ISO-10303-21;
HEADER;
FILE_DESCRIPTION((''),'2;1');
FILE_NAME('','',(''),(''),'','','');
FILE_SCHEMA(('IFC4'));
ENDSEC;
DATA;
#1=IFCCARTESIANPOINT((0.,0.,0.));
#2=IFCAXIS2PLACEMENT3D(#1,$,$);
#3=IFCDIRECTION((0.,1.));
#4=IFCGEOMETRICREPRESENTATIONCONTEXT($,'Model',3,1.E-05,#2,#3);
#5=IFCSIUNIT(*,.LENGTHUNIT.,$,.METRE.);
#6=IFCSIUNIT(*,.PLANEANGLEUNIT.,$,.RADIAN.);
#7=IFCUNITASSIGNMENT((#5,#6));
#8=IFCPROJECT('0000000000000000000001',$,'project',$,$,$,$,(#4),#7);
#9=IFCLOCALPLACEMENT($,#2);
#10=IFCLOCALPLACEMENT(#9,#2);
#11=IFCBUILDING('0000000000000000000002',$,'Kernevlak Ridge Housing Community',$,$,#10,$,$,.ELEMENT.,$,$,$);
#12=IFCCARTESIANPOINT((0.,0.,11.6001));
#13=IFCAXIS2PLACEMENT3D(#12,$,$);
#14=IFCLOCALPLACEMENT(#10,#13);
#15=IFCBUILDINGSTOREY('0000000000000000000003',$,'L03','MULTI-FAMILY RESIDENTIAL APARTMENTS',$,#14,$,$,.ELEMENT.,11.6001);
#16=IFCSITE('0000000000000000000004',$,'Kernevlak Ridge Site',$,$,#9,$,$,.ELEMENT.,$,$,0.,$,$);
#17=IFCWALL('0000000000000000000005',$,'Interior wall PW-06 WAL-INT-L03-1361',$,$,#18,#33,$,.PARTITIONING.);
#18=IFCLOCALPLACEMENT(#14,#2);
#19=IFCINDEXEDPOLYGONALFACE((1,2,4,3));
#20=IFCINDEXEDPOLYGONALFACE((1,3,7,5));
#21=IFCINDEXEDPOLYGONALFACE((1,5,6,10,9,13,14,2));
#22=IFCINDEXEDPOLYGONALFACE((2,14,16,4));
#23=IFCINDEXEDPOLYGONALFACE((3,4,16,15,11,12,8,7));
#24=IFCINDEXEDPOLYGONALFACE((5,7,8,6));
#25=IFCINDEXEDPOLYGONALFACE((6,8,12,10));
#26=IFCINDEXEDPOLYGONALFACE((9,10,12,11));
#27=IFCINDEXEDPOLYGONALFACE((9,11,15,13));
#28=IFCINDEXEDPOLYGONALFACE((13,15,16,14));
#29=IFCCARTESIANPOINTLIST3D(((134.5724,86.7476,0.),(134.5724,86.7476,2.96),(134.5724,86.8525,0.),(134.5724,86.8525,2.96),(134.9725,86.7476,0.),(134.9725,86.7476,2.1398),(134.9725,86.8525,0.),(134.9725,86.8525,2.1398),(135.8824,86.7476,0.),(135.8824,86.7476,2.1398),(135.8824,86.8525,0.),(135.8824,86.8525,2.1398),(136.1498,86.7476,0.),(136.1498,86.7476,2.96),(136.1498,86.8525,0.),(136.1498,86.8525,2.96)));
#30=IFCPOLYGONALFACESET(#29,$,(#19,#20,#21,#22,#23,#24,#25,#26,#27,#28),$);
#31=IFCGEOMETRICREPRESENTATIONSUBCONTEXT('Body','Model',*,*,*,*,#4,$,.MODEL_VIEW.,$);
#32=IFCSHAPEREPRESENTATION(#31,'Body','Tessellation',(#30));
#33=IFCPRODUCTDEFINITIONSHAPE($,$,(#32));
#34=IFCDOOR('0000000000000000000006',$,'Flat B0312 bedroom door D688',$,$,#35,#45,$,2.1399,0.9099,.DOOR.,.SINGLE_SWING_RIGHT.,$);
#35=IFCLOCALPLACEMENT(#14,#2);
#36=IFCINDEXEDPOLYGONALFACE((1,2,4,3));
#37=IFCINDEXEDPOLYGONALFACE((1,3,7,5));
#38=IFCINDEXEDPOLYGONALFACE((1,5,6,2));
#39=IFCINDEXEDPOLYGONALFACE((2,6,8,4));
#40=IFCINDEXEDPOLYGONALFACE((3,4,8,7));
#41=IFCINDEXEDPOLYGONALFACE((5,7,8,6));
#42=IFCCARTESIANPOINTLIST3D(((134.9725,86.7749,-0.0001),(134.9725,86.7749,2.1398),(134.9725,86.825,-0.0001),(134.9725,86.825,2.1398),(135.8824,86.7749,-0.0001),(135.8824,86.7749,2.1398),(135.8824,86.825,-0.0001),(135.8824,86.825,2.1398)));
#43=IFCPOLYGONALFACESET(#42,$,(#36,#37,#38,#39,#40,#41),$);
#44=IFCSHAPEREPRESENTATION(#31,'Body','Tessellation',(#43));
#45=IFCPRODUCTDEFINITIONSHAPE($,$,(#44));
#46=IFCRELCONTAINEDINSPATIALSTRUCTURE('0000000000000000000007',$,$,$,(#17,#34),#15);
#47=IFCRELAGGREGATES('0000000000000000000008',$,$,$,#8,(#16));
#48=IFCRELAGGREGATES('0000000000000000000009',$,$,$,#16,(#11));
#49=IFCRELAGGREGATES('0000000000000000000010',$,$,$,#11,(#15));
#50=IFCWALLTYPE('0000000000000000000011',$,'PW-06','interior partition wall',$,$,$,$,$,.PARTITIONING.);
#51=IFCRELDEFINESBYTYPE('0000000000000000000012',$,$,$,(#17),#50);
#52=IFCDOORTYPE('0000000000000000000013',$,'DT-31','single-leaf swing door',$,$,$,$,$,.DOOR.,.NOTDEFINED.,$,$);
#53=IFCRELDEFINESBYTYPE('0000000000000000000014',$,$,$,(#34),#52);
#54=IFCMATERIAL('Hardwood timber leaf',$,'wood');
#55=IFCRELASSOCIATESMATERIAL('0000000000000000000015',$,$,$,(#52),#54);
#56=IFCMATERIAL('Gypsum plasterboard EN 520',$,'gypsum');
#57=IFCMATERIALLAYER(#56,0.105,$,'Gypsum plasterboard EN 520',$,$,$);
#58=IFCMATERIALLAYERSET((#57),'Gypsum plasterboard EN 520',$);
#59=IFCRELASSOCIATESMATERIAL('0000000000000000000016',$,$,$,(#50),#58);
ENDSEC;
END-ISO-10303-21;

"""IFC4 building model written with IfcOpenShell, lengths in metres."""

from ifc_helpers import new_model, si_unit, direction, frame, frame_2d, origin, place, context, subcontext, project, spatial, rectangle, extrude, material, layer, layer_set, type_object, element, fill, save


model = new_model("IFC4")

# Units and contexts
model_context = context("Model", 3, precision=1e-05, world=origin(), true_north=direction((0.0, 1.0)))
body_context = subcontext(model_context, "Body", "Model", "MODEL_VIEW")
ifc_project = project(units=[si_unit("LENGTHUNIT", "METRE"), si_unit("PLANEANGLEUNIT", "RADIAN")], contexts=[model_context])

# Site, building, storey
site_placement = place(None, origin())
site = spatial("IfcSite", under=ifc_project, at=site_placement, Name="Kernevlak Ridge Site", CompositionType="ELEMENT", RefElevation=0.0)
building_placement = place(site_placement, origin())
building = spatial("IfcBuilding", under=site, at=building_placement, Name="Kernevlak Ridge Housing Community", CompositionType="ELEMENT")
storey_placement = place(building_placement, frame((0.0, 0.0, 11.6001)))
storey = spatial("IfcBuildingStorey", under=building, at=storey_placement, Name="L03", Description="MULTI-FAMILY RESIDENTIAL APARTMENTS", CompositionType="ELEMENT", Elevation=11.6001)

# Shared definitions
ifc_material_1 = material(Name="Hardwood timber leaf", Category="wood")
door_type_1 = type_object("IfcDoorType", Name="DT-31", Description="single-leaf swing door", OperationType="NOTDEFINED", PredefinedType="DOOR", material=ifc_material_1)

# Shared definitions
ifc_material_2 = material(Name="Gypsum plasterboard EN 520", Category="gypsum")

# Wall, opening, door
ifc_layer_1 = layer(ifc_material_2, 0.105, Name="Gypsum plasterboard EN 520")
ifc_layer_set_1 = layer_set([ifc_layer_1], Name="Gypsum plasterboard EN 520")
wall_type_1 = type_object("IfcWallType", Name="PW-06", Description="interior partition wall", PredefinedType="PARTITIONING", material=ifc_layer_set_1)
wall_1_placement = place(storey_placement, frame((134.5725, 86.8, 0.0), z_axis=(0.0, 0.0, 1.0), x_axis=(1.0, 0.0, 0.0)))
wall_1 = element("IfcWall", 1, at=wall_1_placement, inside=storey, type_object=wall_type_1, Name="Interior wall PW-06 WAL-INT-L03-1361", PredefinedType="PARTITIONING", context=body_context, shape_type="SweptSolid", body=[
    extrude(rectangle(XDim=1.5774, YDim=0.105, at=frame_2d((0.7886, 0.0))), origin(), (0.0, 0.0, 1.0), 2.96),
])
opening_1_placement = place(wall_1_placement, frame((0.3999, 0.0, 0.0)))
opening_1 = element("IfcOpeningElement", 2, at=opening_1_placement, cuts=wall_1, PredefinedType="OPENING", context=body_context, shape_type="SweptSolid", body=[
    extrude(rectangle(XDim=0.9099, YDim=2.1399, at=frame_2d((0.4551, 1.0698))), frame((0.0, 0.0625, 0.0), z_axis=(0.0, -1.0, 0.0), x_axis=(1.0, 0.0, 0.0)), (0.0, 0.0, 1.0), 0.125),
])
door_1_placement = place(opening_1_placement, origin())
door_1 = element("IfcDoor", 3, at=door_1_placement, inside=storey, type_object=door_type_1, Name="Flat B0312 bedroom door D688", OperationType="SINGLE_SWING_RIGHT", OverallHeight=2.1399, OverallWidth=0.9099, PredefinedType="DOOR", context=body_context, shape_type="SweptSolid", body=[
    extrude(rectangle(XDim=0.9099, YDim=2.1399, at=frame_2d((0.4551, 1.0698))), frame((0.0, 0.0249, 0.0), z_axis=(0.0, -1.0, 0.0), x_axis=(1.0, 0.0, 0.0)), (0.0, 0.0, 1.0), 0.05),
])
fill(opening_1, door_1)

save(model, "model.ifc")
